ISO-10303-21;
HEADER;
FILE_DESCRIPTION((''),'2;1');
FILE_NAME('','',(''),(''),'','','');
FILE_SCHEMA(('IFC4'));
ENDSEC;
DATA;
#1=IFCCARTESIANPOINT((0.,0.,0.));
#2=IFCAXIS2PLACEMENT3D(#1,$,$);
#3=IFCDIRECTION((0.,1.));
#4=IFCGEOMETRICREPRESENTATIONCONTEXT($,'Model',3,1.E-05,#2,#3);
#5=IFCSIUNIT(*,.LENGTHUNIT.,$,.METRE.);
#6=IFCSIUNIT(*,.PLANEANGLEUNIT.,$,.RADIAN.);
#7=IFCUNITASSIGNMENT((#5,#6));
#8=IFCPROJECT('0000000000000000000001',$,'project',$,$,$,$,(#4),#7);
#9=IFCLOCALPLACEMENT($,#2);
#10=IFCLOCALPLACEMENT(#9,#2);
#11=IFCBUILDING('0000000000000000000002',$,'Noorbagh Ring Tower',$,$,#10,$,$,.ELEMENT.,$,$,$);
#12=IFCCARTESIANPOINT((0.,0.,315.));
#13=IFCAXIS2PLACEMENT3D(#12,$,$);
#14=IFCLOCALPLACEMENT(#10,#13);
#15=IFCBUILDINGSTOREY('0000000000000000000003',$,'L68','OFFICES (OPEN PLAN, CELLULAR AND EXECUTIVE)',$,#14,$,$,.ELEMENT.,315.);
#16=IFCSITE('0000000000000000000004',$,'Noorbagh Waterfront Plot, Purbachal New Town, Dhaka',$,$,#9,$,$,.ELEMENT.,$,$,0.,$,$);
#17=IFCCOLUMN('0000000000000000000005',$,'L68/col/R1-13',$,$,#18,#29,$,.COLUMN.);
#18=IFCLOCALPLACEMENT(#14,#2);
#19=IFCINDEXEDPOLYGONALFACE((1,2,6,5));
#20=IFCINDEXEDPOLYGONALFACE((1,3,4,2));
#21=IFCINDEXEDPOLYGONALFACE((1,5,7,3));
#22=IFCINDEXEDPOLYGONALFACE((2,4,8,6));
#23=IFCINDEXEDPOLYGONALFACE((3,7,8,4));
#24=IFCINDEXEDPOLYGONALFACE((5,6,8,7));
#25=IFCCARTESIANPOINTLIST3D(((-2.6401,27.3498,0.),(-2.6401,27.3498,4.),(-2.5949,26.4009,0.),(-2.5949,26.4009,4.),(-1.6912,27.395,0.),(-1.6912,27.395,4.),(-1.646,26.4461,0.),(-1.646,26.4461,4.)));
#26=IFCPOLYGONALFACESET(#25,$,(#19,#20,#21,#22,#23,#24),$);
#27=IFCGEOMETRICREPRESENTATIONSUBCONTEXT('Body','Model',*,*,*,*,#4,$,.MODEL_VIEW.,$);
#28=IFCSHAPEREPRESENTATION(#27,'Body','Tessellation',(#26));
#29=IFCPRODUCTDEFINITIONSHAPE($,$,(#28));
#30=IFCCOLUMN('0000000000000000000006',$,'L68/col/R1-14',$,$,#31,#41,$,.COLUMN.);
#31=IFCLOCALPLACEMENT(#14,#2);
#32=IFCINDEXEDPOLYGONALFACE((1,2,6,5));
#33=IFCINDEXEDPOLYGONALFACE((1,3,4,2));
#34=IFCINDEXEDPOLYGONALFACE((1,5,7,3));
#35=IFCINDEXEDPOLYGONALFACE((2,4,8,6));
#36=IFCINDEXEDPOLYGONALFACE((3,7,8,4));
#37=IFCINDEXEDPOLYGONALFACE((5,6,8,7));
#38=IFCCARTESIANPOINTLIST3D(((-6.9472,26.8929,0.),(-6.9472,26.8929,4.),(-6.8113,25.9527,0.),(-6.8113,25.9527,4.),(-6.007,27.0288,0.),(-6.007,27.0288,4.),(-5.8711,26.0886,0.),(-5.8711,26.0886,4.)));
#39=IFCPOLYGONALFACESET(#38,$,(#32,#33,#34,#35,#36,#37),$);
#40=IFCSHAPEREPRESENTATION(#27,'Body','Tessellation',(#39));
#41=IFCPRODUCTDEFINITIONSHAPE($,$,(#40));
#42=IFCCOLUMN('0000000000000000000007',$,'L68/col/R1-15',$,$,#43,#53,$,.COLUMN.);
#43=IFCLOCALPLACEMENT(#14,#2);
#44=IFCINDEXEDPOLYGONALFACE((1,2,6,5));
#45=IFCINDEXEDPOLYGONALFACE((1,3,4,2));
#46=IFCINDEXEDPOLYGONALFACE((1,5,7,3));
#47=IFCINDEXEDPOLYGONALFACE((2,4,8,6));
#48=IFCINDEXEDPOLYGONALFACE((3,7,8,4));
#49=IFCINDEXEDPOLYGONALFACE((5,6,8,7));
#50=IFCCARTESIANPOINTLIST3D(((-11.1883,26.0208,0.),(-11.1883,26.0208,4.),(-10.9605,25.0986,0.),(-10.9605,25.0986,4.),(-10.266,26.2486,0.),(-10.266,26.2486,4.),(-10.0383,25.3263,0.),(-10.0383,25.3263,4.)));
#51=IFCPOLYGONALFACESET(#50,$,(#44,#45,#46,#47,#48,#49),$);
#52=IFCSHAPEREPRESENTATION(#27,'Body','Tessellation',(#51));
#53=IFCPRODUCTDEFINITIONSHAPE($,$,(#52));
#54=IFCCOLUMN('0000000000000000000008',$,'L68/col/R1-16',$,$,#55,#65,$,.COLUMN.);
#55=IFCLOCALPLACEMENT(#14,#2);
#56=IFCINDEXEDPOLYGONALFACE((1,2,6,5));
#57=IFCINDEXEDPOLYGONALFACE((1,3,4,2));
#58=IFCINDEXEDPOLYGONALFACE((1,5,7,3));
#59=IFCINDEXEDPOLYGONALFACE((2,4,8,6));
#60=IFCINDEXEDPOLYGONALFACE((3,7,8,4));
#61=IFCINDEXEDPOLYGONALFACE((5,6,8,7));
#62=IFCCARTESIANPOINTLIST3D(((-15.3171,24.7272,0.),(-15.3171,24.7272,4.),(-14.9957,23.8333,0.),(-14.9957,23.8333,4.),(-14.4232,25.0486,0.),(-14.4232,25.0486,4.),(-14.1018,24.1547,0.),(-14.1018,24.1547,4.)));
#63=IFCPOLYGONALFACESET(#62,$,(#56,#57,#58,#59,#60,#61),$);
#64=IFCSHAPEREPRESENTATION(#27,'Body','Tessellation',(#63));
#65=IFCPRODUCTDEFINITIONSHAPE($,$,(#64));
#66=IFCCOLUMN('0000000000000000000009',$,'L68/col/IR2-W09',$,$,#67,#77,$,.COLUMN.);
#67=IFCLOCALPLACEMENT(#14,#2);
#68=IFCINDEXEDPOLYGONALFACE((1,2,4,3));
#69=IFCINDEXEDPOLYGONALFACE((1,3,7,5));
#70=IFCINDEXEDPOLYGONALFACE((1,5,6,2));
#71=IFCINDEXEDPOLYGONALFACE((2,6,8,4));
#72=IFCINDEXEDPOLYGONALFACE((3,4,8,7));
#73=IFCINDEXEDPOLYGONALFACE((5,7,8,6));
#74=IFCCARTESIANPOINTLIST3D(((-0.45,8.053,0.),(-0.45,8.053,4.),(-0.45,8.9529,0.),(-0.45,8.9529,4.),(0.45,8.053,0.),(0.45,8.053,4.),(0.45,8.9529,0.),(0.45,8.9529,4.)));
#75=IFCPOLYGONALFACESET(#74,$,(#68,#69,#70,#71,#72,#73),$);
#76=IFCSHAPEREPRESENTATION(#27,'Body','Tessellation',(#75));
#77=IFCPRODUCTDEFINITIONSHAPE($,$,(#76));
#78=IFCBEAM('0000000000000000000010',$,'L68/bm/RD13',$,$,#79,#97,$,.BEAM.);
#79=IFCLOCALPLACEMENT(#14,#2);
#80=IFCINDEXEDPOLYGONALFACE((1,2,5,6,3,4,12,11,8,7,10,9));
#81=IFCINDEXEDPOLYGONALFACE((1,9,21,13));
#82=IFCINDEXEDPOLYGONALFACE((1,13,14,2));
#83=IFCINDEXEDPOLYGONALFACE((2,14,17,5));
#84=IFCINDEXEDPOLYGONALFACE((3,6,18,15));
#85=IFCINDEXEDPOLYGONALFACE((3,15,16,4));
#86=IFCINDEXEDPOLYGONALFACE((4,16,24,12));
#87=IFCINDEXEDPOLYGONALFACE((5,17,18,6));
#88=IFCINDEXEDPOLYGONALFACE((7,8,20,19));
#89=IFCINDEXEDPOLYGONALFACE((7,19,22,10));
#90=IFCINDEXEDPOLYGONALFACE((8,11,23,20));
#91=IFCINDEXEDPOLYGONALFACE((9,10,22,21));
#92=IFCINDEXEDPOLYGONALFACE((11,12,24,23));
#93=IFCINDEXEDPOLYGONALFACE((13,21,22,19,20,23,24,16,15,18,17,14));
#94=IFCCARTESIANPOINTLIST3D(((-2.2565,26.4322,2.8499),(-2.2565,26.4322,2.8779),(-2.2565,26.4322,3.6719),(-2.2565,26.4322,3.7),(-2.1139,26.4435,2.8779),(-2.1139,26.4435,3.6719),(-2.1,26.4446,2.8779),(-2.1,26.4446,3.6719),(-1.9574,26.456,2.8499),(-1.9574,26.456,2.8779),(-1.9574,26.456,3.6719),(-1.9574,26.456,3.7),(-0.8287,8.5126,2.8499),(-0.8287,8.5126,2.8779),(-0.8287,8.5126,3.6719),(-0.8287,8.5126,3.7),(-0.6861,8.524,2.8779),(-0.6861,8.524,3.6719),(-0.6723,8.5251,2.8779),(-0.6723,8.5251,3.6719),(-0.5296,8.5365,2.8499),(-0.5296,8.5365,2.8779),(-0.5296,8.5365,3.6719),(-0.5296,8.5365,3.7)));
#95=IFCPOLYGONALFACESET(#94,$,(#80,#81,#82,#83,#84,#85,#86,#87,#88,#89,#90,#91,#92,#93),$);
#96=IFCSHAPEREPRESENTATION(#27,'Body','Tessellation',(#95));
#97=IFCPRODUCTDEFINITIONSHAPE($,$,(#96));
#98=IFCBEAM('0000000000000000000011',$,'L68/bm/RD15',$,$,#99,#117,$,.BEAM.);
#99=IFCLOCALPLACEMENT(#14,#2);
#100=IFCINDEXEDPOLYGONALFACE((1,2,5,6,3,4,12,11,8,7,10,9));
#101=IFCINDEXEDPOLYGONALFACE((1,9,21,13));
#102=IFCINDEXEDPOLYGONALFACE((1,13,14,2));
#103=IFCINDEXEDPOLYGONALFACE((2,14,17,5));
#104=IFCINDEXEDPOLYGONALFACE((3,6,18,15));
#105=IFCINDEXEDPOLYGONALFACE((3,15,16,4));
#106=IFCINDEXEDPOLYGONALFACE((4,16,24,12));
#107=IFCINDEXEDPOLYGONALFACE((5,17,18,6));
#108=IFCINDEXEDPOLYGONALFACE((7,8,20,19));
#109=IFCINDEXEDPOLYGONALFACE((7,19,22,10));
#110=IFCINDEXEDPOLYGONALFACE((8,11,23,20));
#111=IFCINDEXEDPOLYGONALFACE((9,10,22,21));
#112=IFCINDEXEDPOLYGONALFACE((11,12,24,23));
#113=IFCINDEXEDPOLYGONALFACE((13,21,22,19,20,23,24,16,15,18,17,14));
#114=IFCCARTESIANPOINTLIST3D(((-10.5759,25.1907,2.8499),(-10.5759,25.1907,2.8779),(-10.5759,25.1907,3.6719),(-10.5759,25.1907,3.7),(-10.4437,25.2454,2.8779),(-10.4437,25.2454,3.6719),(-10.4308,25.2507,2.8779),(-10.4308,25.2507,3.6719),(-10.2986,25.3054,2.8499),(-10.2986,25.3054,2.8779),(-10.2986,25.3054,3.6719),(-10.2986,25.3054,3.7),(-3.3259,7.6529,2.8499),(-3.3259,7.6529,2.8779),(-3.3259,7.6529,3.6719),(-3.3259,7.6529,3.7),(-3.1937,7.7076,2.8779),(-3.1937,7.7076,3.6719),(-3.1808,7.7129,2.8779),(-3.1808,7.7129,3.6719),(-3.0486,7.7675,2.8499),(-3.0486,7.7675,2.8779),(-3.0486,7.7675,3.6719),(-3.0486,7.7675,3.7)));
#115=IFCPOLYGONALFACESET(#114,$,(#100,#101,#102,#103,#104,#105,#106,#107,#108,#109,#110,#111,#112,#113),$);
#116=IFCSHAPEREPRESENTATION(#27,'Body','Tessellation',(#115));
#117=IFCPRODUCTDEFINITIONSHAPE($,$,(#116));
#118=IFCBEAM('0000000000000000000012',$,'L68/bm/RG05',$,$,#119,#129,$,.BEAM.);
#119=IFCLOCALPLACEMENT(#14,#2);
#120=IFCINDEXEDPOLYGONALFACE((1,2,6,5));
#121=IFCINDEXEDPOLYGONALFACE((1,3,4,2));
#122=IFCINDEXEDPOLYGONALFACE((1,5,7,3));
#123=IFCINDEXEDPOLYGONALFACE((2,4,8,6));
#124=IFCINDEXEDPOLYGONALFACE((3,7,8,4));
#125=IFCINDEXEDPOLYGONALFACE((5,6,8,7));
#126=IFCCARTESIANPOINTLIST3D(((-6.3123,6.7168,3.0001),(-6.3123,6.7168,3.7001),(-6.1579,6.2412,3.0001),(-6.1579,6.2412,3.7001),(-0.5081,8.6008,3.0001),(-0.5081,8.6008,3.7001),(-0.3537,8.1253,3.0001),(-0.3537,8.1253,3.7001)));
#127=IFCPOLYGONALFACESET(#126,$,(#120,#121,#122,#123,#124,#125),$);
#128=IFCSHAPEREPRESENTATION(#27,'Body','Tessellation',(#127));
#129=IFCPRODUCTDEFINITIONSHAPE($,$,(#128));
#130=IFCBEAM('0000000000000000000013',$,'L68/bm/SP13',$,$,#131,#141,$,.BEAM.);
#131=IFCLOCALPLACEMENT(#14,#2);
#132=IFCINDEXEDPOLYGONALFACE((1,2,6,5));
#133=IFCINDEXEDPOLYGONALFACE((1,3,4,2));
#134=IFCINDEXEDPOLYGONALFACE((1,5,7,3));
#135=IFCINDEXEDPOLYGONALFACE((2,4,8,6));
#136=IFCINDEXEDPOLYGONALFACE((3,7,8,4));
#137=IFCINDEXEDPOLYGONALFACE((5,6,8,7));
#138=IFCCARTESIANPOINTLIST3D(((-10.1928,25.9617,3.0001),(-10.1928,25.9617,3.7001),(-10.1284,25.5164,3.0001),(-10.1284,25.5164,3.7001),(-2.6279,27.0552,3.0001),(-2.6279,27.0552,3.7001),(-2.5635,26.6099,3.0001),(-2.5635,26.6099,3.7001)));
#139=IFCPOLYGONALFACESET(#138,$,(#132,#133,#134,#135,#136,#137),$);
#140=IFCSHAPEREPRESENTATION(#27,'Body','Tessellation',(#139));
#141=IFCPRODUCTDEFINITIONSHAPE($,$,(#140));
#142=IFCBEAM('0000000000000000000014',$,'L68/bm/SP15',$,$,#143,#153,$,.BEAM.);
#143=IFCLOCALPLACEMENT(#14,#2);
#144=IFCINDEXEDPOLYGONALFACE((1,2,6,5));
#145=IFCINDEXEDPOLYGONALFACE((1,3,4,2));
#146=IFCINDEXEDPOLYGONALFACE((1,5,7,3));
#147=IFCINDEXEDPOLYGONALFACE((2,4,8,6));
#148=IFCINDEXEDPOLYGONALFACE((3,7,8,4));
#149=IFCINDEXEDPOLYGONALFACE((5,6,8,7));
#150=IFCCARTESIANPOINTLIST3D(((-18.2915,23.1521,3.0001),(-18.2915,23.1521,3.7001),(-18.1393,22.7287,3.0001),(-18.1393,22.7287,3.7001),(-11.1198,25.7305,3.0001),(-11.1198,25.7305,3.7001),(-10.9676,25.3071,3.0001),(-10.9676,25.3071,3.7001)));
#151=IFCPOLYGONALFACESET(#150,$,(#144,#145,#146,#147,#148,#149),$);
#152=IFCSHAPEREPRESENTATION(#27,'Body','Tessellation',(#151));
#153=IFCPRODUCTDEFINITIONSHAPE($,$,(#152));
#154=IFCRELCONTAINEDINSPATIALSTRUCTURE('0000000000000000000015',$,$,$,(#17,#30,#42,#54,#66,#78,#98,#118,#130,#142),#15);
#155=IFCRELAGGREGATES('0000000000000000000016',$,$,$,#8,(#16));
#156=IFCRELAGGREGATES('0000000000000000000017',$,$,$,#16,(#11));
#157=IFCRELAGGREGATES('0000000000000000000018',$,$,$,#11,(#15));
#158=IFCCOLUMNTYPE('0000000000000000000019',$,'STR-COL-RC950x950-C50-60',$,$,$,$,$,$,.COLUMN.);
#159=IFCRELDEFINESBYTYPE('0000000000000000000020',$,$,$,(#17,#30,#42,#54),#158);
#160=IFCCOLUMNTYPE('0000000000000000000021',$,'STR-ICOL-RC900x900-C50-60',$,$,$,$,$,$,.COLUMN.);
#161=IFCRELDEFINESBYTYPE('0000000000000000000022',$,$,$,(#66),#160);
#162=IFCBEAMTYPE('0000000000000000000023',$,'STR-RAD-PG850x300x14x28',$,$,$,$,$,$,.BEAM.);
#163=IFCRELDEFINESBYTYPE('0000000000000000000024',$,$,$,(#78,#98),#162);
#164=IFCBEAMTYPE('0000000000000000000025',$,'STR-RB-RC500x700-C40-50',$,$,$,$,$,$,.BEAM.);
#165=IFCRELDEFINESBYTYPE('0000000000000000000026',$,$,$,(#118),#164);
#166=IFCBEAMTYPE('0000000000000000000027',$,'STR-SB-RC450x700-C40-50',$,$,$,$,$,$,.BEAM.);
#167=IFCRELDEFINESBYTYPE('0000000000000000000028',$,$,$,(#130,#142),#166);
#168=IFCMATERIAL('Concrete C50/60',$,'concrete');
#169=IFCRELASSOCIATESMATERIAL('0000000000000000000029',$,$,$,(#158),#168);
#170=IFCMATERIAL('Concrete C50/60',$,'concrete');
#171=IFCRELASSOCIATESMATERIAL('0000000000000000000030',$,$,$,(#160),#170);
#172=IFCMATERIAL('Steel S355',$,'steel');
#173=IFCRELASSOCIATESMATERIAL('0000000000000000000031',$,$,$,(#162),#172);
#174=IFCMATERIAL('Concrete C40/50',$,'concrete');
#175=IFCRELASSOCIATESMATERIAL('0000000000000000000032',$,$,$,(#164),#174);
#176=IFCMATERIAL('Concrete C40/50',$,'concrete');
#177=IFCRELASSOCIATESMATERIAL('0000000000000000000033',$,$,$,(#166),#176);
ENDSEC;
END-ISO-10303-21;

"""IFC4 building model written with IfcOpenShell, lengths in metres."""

from ifc_helpers import new_model, si_unit, direction, frame, origin, origin_2d, place, context, subcontext, project, spatial, rectangle, i_section, extrude, material, material_profile, profile_set, type_object, element, save


model = new_model("IFC4")

# Units and contexts
model_context = context("Model", 3, precision=1e-05, world=origin(), true_north=direction((0.0, 1.0)))
body_context = subcontext(model_context, "Body", "Model", "MODEL_VIEW")
ifc_project = project(units=[si_unit("LENGTHUNIT", "METRE"), si_unit("PLANEANGLEUNIT", "RADIAN")], contexts=[model_context])

# Site, building, storey
site_placement = place(None, origin())
site = spatial("IfcSite", under=ifc_project, at=site_placement, Name="Noorbagh Waterfront Plot, Purbachal New Town, Dhaka", CompositionType="ELEMENT", RefElevation=0.0)
building_placement = place(site_placement, origin())
building = spatial("IfcBuilding", under=site, at=building_placement, Name="Noorbagh Ring Tower", CompositionType="ELEMENT")
storey_placement = place(building_placement, frame((0.0, 0.0, 315.0)))
storey = spatial("IfcBuildingStorey", under=building, at=storey_placement, Name="L68", Description="OFFICES (OPEN PLAN, CELLULAR AND EXECUTIVE)", CompositionType="ELEMENT", Elevation=315.0)

# Columns
ifc_material_1 = material(Name="Concrete C50/60", Category="concrete")
ifc_material_profile_1 = material_profile(ifc_material_1, rectangle(XDim=0.95, YDim=0.95, at=origin_2d()), Name="RC950x950")
ifc_profile_set_1 = profile_set([ifc_material_profile_1], Name="Concrete C50/60")
column_type_1 = type_object("IfcColumnType", Name="STR-COL-RC950x950-C50-60", PredefinedType="COLUMN", material=ifc_profile_set_1)
for number, where, z_axis, x_axis, name in (
    (1, (-2.1431, 26.8979, 0.0), (0.0, 0.0, 1.0), (-0.998869, -0.047553, 0.0), "L68/col/R1-13"),
    (2, (-6.4092, 26.4907, 0.0), (0.0, 0.0, 1.0), (-0.989713, -0.143066, 0.0), "L68/col/R1-14"),
    (3, (-10.6133, 25.6736, 0.0), (0.0, 0.0, 1.0), (-0.970829, -0.239771, 0.0), "L68/col/R1-15"),
    (4, (-14.7095, 24.4409, 0.0), (0.0, 0.0, 1.0), (-0.941025, -0.338338, 0.0), "L68/col/R1-16"),
):
    element("IfcColumn", number, at=place(storey_placement, frame(where, z_axis=z_axis, x_axis=x_axis)), inside=storey, type_object=column_type_1, Name=name, PredefinedType="COLUMN", context=body_context, shape_type="SweptSolid", body=[
        extrude(rectangle(XDim=0.95, YDim=0.95, at=origin_2d()), origin(), (0.0, 0.0, 1.0), 4.0),
    ])
ifc_material_2 = material(Name="Concrete C50/60", Category="concrete")
ifc_material_profile_2 = material_profile(ifc_material_2, rectangle(XDim=0.8999, YDim=0.8999, at=origin_2d()), Name="RC900x900")
ifc_profile_set_2 = profile_set([ifc_material_profile_2], Name="Concrete C50/60")
column_type_2 = type_object("IfcColumnType", Name="STR-ICOL-RC900x900-C50-60", PredefinedType="COLUMN", material=ifc_profile_set_2)
column_placement = place(storey_placement, frame((0.0, 8.5029, 0.0), z_axis=(0.0, 0.0, 1.0), x_axis=(-1.0, 0.0, 0.0)))
element("IfcColumn", 5, at=column_placement, inside=storey, type_object=column_type_2, Name="L68/col/IR2-W09", PredefinedType="COLUMN", context=body_context, shape_type="SweptSolid", body=[
    extrude(rectangle(XDim=0.8999, YDim=0.8999, at=origin_2d()), origin(), (0.0, 0.0, 1.0), 4.0),
])

# Beams
ifc_material_3 = material(Name="Steel S355", Category="steel")
ifc_material_profile_3 = material_profile(ifc_material_3, i_section(OverallWidth=0.3, OverallDepth=0.8501, WebThickness=0.0139, FlangeThickness=0.0281, at=origin_2d()), Name="PG850x300x14x28")
ifc_profile_set_3 = profile_set([ifc_material_profile_3], Name="Steel S355")
beam_type_1 = type_object("IfcBeamType", Name="STR-RAD-PG850x300x14x28", PredefinedType="BEAM", material=ifc_profile_set_3)
beam_1_placement = place(storey_placement, frame((-2.1069, 26.4441, 3.2749), z_axis=(0.079423, -0.996841, 0.0), x_axis=(0.996841, 0.079423, 0.0)))
element("IfcBeam", 6, at=beam_1_placement, inside=storey, type_object=beam_type_1, Name="L68/bm/RD13", PredefinedType="BEAM", context=body_context, shape_type="SweptSolid", body=[
    extrude(i_section(OverallWidth=0.3, OverallDepth=0.8501, WebThickness=0.0139, FlangeThickness=0.0281, at=origin_2d()), origin(), (0.0, 0.0, 1.0), 17.9763),
])
beam_2_placement = place(storey_placement, frame((-10.4373, 25.248, 3.2749), z_axis=(0.382035, -0.924148, 0.0), x_axis=(0.924148, 0.382035, 0.0)))
element("IfcBeam", 7, at=beam_2_placement, inside=storey, type_object=beam_type_1, Name="L68/bm/RD15", PredefinedType="BEAM", context=body_context, shape_type="SweptSolid", body=[
    extrude(i_section(OverallWidth=0.3, OverallDepth=0.8501, WebThickness=0.0139, FlangeThickness=0.0281, at=origin_2d()), origin(), (0.0, 0.0, 1.0), 18.9773),
])
ifc_material_4 = material(Name="Concrete C40/50", Category="concrete")
ifc_material_profile_4 = material_profile(ifc_material_4, rectangle(XDim=0.5, YDim=0.7, at=origin_2d()), Name="RC500x700")
ifc_profile_set_4 = profile_set([ifc_material_profile_4], Name="Concrete C40/50")
beam_type_2 = type_object("IfcBeamType", Name="STR-RB-RC500x700-C40-50", PredefinedType="BEAM", material=ifc_profile_set_4)
beam_3_placement = place(storey_placement, frame((-0.4309, 8.363, 3.3501), z_axis=(-0.951146, -0.30874, 0.0), x_axis=(0.30874, -0.951146, 0.0)))
element("IfcBeam", 8, at=beam_3_placement, inside=storey, type_object=beam_type_2, Name="L68/bm/RG05", PredefinedType="BEAM", context=body_context, shape_type="SweptSolid", body=[
    extrude(rectangle(XDim=0.5, YDim=0.7, at=origin_2d()), origin(), (0.0, 0.0, 1.0), 6.1023),
])
ifc_material_5 = material(Name="Concrete C40/50", Category="concrete")
ifc_material_profile_5 = material_profile(ifc_material_5, rectangle(XDim=0.45, YDim=0.7, at=origin_2d()), Name="RC450x700")
ifc_profile_set_5 = profile_set([ifc_material_profile_5], Name="Concrete C40/50")
beam_type_3 = type_object("IfcBeamType", Name="STR-SB-RC450x700-C40-50", PredefinedType="BEAM", material=ifc_profile_set_5)
beam_4_placement = place(storey_placement, frame((-2.5957, 26.8325, 3.3501), z_axis=(-0.989714, -0.143062, 0.0), x_axis=(0.143062, -0.989714, 0.0)))
element("IfcBeam", 9, at=beam_4_placement, inside=storey, type_object=beam_type_3, Name="L68/bm/SP13", PredefinedType="BEAM", context=body_context, shape_type="SweptSolid", body=[
    extrude(rectangle(XDim=0.45, YDim=0.7, at=origin_2d()), origin(), (0.0, 0.0, 1.0), 7.6436),
])
beam_5_placement = place(storey_placement, frame((-11.0437, 25.5188, 3.3501), z_axis=(-0.94103, -0.338322, 0.0), x_axis=(0.338322, -0.94103, 0.0)))
element("IfcBeam", 10, at=beam_5_placement, inside=storey, type_object=beam_type_3, Name="L68/bm/SP15", PredefinedType="BEAM", context=body_context, shape_type="SweptSolid", body=[
    extrude(rectangle(XDim=0.45, YDim=0.7, at=origin_2d()), origin(), (0.0, 0.0, 1.0), 7.6211),
])

save(model, "model.ifc")
